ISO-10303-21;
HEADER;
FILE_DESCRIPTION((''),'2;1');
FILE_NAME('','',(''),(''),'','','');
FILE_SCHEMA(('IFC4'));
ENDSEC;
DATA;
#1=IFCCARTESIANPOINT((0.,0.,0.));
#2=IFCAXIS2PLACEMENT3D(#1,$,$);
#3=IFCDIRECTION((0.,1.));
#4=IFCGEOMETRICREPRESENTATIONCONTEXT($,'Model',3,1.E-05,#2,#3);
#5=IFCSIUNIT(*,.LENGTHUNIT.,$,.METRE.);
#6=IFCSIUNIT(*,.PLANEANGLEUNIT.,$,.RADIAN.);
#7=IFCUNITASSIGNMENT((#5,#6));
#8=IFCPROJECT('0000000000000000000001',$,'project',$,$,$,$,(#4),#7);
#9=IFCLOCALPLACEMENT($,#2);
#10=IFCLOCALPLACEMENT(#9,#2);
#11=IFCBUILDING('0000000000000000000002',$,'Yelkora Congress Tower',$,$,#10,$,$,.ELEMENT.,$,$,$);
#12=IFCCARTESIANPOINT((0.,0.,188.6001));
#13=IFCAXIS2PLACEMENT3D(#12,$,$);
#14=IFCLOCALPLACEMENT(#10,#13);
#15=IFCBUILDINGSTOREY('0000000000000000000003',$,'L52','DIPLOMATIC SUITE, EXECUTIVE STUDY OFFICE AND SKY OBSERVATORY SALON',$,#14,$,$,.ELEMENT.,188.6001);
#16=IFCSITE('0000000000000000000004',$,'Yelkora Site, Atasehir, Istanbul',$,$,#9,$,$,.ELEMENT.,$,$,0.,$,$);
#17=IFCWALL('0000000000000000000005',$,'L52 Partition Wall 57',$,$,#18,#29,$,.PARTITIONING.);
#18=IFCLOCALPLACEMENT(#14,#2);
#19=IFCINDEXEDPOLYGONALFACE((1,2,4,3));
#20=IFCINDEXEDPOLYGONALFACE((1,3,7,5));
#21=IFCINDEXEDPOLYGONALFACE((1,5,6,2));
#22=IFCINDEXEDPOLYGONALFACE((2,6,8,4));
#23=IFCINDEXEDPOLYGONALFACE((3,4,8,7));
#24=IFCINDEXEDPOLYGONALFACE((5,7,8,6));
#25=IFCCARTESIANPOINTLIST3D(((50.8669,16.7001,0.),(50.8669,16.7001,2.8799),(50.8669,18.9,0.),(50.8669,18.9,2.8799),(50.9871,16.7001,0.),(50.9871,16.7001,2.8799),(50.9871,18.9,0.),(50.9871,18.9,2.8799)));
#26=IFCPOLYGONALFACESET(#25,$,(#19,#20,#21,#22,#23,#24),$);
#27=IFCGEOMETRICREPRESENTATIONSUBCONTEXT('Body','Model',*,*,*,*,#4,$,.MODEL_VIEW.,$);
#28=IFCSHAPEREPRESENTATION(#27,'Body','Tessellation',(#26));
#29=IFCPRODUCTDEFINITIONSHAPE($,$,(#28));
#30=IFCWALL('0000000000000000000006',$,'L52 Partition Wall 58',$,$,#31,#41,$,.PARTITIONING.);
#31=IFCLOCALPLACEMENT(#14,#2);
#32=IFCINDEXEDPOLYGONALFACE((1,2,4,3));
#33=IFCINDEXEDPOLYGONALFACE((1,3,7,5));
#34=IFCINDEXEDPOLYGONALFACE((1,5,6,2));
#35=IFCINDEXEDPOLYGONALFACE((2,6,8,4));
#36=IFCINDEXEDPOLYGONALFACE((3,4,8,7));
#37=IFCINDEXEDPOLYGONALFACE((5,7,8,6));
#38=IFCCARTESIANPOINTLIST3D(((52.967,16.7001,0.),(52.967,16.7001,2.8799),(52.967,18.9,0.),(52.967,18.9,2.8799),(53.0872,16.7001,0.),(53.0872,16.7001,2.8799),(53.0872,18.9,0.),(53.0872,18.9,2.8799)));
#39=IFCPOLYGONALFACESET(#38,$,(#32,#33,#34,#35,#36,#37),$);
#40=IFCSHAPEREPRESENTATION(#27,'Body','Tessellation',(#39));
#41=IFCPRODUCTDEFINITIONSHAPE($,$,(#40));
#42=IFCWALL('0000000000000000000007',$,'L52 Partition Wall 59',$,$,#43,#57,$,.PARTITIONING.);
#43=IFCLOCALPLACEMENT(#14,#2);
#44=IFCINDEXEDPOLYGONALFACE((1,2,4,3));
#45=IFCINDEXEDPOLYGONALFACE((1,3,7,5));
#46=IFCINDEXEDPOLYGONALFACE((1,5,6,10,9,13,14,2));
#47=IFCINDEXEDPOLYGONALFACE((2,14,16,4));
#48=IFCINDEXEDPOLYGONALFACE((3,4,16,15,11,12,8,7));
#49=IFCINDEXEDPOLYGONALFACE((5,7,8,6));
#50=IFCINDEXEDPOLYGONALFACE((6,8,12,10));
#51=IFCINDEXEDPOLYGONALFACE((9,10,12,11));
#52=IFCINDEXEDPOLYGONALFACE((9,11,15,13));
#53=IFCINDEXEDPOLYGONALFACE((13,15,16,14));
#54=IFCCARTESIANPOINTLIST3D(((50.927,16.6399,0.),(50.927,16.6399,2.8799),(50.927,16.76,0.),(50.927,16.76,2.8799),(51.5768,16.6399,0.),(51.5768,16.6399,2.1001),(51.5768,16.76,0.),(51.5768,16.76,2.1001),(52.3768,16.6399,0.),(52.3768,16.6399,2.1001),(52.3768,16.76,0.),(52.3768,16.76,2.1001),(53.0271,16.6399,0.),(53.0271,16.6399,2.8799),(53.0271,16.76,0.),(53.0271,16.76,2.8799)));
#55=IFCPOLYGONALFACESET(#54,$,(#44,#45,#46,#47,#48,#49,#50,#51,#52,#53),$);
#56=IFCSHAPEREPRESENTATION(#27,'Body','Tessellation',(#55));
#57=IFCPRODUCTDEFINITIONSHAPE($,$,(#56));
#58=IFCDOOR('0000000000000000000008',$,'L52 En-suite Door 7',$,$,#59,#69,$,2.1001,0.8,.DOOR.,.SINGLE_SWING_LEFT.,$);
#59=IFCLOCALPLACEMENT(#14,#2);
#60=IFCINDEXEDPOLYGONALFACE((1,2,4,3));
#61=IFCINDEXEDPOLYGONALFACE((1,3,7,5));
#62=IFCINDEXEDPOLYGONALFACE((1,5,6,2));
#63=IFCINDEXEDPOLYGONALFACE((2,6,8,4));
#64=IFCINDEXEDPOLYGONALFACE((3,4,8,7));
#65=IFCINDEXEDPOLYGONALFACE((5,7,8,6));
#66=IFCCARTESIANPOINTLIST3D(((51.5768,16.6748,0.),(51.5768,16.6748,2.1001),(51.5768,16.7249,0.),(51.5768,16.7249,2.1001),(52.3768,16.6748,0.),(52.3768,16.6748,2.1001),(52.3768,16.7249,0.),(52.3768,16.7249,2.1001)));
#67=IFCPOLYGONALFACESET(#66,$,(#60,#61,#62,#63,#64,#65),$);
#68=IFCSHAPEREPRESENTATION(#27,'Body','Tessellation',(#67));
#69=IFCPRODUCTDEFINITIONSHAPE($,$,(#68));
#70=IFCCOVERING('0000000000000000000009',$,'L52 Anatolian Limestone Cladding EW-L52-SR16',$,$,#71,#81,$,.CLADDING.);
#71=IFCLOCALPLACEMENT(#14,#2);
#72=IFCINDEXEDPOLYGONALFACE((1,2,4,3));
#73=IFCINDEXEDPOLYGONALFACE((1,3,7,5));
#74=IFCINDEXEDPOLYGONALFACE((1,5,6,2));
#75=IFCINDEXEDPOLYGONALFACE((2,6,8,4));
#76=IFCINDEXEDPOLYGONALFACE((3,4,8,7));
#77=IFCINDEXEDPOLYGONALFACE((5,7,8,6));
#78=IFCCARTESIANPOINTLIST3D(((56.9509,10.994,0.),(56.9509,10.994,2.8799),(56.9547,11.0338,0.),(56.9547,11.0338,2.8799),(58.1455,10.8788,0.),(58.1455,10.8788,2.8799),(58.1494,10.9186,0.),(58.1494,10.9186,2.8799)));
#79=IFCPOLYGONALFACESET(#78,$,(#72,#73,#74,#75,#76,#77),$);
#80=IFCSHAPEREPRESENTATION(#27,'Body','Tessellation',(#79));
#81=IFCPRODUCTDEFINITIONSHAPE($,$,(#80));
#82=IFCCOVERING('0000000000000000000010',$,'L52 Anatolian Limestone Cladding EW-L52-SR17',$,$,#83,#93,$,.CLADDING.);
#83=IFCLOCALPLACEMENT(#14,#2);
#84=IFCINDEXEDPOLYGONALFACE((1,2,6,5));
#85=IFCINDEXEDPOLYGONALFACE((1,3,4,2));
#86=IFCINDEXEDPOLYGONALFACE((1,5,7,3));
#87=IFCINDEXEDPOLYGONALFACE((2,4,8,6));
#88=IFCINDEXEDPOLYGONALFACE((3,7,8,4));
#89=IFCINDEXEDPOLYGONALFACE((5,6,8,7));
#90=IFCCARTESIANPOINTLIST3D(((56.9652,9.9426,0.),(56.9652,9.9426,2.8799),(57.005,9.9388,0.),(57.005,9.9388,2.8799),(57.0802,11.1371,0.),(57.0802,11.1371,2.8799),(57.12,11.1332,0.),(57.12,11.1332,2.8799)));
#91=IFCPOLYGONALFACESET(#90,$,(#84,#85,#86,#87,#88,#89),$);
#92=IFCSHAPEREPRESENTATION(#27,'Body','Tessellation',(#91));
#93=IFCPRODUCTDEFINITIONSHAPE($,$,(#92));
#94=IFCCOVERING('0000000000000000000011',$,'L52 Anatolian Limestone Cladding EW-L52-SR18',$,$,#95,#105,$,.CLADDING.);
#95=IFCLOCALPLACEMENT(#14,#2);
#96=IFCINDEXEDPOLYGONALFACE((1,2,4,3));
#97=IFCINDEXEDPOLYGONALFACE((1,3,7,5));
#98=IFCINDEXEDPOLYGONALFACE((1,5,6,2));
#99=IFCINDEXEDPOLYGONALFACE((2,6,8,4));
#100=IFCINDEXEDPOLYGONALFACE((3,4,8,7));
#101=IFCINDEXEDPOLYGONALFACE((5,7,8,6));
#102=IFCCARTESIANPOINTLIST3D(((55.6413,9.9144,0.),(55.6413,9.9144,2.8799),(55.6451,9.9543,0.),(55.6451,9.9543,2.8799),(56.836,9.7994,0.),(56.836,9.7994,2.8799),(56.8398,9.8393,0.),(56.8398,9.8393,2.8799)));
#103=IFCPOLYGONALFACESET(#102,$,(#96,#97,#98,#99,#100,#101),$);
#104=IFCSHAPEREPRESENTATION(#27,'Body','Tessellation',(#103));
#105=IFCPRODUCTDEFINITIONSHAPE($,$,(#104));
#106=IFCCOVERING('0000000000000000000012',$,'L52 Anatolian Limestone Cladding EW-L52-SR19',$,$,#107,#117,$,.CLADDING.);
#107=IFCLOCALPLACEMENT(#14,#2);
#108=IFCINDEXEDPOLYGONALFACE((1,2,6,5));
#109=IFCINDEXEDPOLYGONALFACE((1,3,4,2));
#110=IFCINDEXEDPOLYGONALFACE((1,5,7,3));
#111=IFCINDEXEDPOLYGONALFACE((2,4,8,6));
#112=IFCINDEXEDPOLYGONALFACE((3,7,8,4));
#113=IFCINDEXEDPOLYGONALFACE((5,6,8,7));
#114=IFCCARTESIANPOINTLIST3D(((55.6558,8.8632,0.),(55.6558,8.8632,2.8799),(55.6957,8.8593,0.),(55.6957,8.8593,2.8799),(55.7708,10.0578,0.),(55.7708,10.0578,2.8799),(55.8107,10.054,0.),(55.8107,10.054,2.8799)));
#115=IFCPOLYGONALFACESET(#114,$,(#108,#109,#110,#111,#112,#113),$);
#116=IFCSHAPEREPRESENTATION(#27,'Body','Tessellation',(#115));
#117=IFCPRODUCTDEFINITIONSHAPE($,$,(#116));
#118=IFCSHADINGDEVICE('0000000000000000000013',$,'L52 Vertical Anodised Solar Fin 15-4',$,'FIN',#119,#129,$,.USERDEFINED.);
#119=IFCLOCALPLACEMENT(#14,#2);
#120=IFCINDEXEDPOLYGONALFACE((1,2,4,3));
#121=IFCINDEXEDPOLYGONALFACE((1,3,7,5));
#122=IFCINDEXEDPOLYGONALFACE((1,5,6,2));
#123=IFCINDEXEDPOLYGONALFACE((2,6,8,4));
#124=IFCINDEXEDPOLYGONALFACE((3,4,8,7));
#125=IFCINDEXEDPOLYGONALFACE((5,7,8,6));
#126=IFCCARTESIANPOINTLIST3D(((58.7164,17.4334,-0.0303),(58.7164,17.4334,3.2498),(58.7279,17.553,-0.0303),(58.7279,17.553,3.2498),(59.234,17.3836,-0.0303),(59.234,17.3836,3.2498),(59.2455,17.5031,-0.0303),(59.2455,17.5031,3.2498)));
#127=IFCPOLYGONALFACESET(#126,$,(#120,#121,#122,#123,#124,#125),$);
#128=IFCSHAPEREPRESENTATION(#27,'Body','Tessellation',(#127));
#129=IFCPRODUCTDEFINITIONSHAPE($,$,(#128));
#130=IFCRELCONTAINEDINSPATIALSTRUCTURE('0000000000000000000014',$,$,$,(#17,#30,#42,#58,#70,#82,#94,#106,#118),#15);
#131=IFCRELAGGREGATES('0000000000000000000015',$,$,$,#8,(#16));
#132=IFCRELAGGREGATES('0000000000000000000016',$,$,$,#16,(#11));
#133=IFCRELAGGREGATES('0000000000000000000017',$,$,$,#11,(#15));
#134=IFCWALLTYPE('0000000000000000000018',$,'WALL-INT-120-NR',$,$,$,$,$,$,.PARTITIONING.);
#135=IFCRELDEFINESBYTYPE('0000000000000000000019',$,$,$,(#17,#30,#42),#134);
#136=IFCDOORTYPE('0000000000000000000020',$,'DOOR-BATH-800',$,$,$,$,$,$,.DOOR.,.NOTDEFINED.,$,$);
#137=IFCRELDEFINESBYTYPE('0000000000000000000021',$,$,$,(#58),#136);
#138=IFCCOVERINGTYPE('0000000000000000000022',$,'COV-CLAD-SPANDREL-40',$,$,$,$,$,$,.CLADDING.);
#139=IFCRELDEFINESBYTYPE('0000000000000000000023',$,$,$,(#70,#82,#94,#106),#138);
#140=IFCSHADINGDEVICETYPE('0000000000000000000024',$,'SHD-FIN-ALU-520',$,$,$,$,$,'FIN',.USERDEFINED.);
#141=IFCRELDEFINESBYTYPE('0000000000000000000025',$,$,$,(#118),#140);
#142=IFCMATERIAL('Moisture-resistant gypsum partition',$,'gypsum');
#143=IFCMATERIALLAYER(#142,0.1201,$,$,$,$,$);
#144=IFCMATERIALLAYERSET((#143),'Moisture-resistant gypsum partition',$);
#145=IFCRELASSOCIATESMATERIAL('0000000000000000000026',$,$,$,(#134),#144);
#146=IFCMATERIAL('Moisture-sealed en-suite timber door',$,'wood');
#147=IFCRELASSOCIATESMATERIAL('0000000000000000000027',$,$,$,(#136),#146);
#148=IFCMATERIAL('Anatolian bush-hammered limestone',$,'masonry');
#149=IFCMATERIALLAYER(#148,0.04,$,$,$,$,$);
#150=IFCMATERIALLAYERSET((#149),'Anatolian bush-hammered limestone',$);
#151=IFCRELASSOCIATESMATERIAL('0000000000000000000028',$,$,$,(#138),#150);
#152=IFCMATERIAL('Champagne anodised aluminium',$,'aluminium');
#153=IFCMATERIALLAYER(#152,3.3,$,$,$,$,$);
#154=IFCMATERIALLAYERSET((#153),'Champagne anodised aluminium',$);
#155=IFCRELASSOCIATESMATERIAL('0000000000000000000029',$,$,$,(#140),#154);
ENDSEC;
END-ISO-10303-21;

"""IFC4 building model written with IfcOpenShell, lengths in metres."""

from ifc_helpers import new_model, si_unit, direction, frame, frame_2d, origin, origin_2d, place, context, subcontext, project, spatial, rectangle, extrude, material, layer, layer_set, type_object, element, fill, save


model = new_model("IFC4")

# Units and contexts
model_context = context("Model", 3, precision=1e-05, world=origin(), true_north=direction((0.0, 1.0)))
body_context = subcontext(model_context, "Body", "Model", "MODEL_VIEW")
ifc_project = project(units=[si_unit("LENGTHUNIT", "METRE"), si_unit("PLANEANGLEUNIT", "RADIAN")], contexts=[model_context])

# Site, building, storey
site_placement = place(None, origin())
site = spatial("IfcSite", under=ifc_project, at=site_placement, Name="Yelkora Site, Atasehir, Istanbul", CompositionType="ELEMENT", RefElevation=0.0)
building_placement = place(site_placement, origin())
building = spatial("IfcBuilding", under=site, at=building_placement, Name="Yelkora Congress Tower", CompositionType="ELEMENT")
storey_placement = place(building_placement, frame((0.0, 0.0, 188.6001)))
storey = spatial("IfcBuildingStorey", under=building, at=storey_placement, Name="L52", Description="DIPLOMATIC SUITE, EXECUTIVE STUDY OFFICE AND SKY OBSERVATORY SALON", CompositionType="ELEMENT", Elevation=188.6001)

# Walls
ifc_material_1 = material(Name="Moisture-resistant gypsum partition", Category="gypsum")
ifc_layer_1 = layer(ifc_material_1, 0.1201)
ifc_layer_set_1 = layer_set([ifc_layer_1], Name="Moisture-resistant gypsum partition")
wall_type_1 = type_object("IfcWallType", Name="WALL-INT-120-NR", PredefinedType="PARTITIONING", material=ifc_layer_set_1)
for number, where, z_axis, x_axis, name in (
    (1, (50.927, 16.7, 0.0), (0.0, 0.0, 1.0), (0.0, 1.0, 0.0), "L52 Partition Wall 57"),
    (2, (53.0271, 16.7, 0.0), (0.0, 0.0, 1.0), (0.0, 1.0, 0.0), "L52 Partition Wall 58"),
):
    element("IfcWall", number, at=place(storey_placement, frame(where, z_axis=z_axis, x_axis=x_axis)), inside=storey, type_object=wall_type_1, Name=name, PredefinedType="PARTITIONING", context=body_context, shape_type="SweptSolid", body=[
        extrude(rectangle(XDim=2.2, YDim=0.1201, at=frame_2d((1.1001, 0.0))), origin(), (0.0, 0.0, 1.0), 2.8799),
    ])

# Wall, opening, door
wall_1_placement = place(storey_placement, frame((50.927, 16.7, 0.0), z_axis=(0.0, 0.0, 1.0), x_axis=(1.0, 0.0, 0.0)))
wall_1 = element("IfcWall", 3, at=wall_1_placement, inside=storey, type_object=wall_type_1, Name="L52 Partition Wall 59", PredefinedType="PARTITIONING", context=body_context, shape_type="SweptSolid", body=[
    extrude(rectangle(XDim=2.1001, YDim=0.1201, at=frame_2d((1.05, 0.0))), origin(), (0.0, 0.0, 1.0), 2.8799),
])
opening_placement = place(wall_1_placement, frame((0.6499, 0.0, 0.0)))
opening = element("IfcOpeningElement", 4, at=opening_placement, cuts=wall_1, PredefinedType="OPENING", context=body_context, shape_type="SweptSolid", body=[
    extrude(rectangle(XDim=0.8, YDim=2.1001, at=frame_2d((0.3999, 1.05))), frame((0.0, 0.0701, 0.0), z_axis=(0.0, -1.0, 0.0), x_axis=(1.0, 0.0, 0.0)), (0.0, 0.0, 1.0), 0.1401),
])
ifc_material_2 = material(Name="Moisture-sealed en-suite timber door", Category="wood")
door_type = type_object("IfcDoorType", Name="DOOR-BATH-800", OperationType="NOTDEFINED", PredefinedType="DOOR", material=ifc_material_2)
door_placement = place(opening_placement, origin())
door = element("IfcDoor", 5, at=door_placement, inside=storey, type_object=door_type, Name="L52 En-suite Door 7", OperationType="SINGLE_SWING_LEFT", OverallHeight=2.1001, OverallWidth=0.8, PredefinedType="DOOR", context=body_context, shape_type="SweptSolid", body=[
    extrude(rectangle(XDim=0.8, YDim=2.1001, at=frame_2d((0.3999, 1.05))), frame((0.0, 0.0249, 0.0), z_axis=(0.0, -1.0, 0.0), x_axis=(1.0, 0.0, 0.0)), (0.0, 0.0, 1.0), 0.05),
])
fill(opening, door)

# Coverings
ifc_material_3 = material(Name="Anatolian bush-hammered limestone", Category="masonry")
ifc_layer_2 = layer(ifc_material_3, 0.04)
ifc_layer_set_2 = layer_set([ifc_layer_2], Name="Anatolian bush-hammered limestone")
covering_type = type_object("IfcCoveringType", Name="COV-CLAD-SPANDREL-40", PredefinedType="CLADDING", material=ifc_layer_set_2)
covering_1_placement = place(storey_placement, frame((58.1475, 10.8987, 0.0), z_axis=(0.0, 0.0, 1.0), x_axis=(-0.99538, 0.096019, 0.0)))
element("IfcCovering", 6, at=covering_1_placement, inside=storey, type_object=covering_type, Name="L52 Anatolian Limestone Cladding EW-L52-SR16", PredefinedType="CLADDING", context=body_context, shape_type="SweptSolid", body=[
    extrude(rectangle(XDim=1.2002, YDim=0.04, at=frame_2d((0.6001, 0.0))), origin(), (0.0, 0.0, 1.0), 2.8799),
])
covering_2_placement = place(storey_placement, frame((57.1001, 11.1353, 0.0), z_axis=(0.0, 0.0, 1.0), x_axis=(-0.095836, -0.995397, 0.0)))
element("IfcCovering", 7, at=covering_2_placement, inside=storey, type_object=covering_type, Name="L52 Anatolian Limestone Cladding EW-L52-SR17", PredefinedType="CLADDING", context=body_context, shape_type="SweptSolid", body=[
    extrude(rectangle(XDim=1.2, YDim=0.04, at=frame_2d((0.6001, 0.0))), origin(), (0.0, 0.0, 1.0), 2.8799),
])
for number, where, z_axis, x_axis, name in (
    (8, (56.8379, 9.8193, 0.0), (0.0, 0.0, 1.0), (-0.995399, 0.095817, 0.0), "L52 Anatolian Limestone Cladding EW-L52-SR18"),
    (9, (55.7908, 10.0559, 0.0), (0.0, 0.0, 1.0), (-0.095817, -0.995399, 0.0), "L52 Anatolian Limestone Cladding EW-L52-SR19"),
):
    element("IfcCovering", number, at=place(storey_placement, frame(where, z_axis=z_axis, x_axis=x_axis)), inside=storey, type_object=covering_type, Name=name, PredefinedType="CLADDING", context=body_context, shape_type="SweptSolid", body=[
        extrude(rectangle(XDim=1.2002, YDim=0.04, at=frame_2d((0.6001, 0.0))), origin(), (0.0, 0.0, 1.0), 2.8799),
    ])

# Shading device
ifc_material_4 = material(Name="Champagne anodised aluminium", Category="aluminium")
ifc_layer_3 = layer(ifc_material_4, 3.3)
ifc_layer_set_3 = layer_set([ifc_layer_3], Name="Champagne anodised aluminium")
shading_device_type = type_object("IfcShadingDeviceType", Name="SHD-FIN-ALU-520", ElementType="FIN", PredefinedType="USERDEFINED", material=ifc_layer_set_3)
shading_device_placement = place(storey_placement, frame((58.981, 17.4683, -0.0303), z_axis=(0.0, 0.0, 1.0), x_axis=(-0.095846, -0.995396, 0.0)))
element("IfcShadingDevice", 10, at=shading_device_placement, inside=storey, type_object=shading_device_type, Name="L52 Vertical Anodised Solar Fin 15-4", ObjectType="FIN", PredefinedType="USERDEFINED", context=body_context, shape_type="SweptSolid", body=[
    extrude(rectangle(XDim=0.1201, YDim=0.52, at=origin_2d()), origin(), (0.0, 0.0, 1.0), 3.28),
])

save(model, "model.ifc")
